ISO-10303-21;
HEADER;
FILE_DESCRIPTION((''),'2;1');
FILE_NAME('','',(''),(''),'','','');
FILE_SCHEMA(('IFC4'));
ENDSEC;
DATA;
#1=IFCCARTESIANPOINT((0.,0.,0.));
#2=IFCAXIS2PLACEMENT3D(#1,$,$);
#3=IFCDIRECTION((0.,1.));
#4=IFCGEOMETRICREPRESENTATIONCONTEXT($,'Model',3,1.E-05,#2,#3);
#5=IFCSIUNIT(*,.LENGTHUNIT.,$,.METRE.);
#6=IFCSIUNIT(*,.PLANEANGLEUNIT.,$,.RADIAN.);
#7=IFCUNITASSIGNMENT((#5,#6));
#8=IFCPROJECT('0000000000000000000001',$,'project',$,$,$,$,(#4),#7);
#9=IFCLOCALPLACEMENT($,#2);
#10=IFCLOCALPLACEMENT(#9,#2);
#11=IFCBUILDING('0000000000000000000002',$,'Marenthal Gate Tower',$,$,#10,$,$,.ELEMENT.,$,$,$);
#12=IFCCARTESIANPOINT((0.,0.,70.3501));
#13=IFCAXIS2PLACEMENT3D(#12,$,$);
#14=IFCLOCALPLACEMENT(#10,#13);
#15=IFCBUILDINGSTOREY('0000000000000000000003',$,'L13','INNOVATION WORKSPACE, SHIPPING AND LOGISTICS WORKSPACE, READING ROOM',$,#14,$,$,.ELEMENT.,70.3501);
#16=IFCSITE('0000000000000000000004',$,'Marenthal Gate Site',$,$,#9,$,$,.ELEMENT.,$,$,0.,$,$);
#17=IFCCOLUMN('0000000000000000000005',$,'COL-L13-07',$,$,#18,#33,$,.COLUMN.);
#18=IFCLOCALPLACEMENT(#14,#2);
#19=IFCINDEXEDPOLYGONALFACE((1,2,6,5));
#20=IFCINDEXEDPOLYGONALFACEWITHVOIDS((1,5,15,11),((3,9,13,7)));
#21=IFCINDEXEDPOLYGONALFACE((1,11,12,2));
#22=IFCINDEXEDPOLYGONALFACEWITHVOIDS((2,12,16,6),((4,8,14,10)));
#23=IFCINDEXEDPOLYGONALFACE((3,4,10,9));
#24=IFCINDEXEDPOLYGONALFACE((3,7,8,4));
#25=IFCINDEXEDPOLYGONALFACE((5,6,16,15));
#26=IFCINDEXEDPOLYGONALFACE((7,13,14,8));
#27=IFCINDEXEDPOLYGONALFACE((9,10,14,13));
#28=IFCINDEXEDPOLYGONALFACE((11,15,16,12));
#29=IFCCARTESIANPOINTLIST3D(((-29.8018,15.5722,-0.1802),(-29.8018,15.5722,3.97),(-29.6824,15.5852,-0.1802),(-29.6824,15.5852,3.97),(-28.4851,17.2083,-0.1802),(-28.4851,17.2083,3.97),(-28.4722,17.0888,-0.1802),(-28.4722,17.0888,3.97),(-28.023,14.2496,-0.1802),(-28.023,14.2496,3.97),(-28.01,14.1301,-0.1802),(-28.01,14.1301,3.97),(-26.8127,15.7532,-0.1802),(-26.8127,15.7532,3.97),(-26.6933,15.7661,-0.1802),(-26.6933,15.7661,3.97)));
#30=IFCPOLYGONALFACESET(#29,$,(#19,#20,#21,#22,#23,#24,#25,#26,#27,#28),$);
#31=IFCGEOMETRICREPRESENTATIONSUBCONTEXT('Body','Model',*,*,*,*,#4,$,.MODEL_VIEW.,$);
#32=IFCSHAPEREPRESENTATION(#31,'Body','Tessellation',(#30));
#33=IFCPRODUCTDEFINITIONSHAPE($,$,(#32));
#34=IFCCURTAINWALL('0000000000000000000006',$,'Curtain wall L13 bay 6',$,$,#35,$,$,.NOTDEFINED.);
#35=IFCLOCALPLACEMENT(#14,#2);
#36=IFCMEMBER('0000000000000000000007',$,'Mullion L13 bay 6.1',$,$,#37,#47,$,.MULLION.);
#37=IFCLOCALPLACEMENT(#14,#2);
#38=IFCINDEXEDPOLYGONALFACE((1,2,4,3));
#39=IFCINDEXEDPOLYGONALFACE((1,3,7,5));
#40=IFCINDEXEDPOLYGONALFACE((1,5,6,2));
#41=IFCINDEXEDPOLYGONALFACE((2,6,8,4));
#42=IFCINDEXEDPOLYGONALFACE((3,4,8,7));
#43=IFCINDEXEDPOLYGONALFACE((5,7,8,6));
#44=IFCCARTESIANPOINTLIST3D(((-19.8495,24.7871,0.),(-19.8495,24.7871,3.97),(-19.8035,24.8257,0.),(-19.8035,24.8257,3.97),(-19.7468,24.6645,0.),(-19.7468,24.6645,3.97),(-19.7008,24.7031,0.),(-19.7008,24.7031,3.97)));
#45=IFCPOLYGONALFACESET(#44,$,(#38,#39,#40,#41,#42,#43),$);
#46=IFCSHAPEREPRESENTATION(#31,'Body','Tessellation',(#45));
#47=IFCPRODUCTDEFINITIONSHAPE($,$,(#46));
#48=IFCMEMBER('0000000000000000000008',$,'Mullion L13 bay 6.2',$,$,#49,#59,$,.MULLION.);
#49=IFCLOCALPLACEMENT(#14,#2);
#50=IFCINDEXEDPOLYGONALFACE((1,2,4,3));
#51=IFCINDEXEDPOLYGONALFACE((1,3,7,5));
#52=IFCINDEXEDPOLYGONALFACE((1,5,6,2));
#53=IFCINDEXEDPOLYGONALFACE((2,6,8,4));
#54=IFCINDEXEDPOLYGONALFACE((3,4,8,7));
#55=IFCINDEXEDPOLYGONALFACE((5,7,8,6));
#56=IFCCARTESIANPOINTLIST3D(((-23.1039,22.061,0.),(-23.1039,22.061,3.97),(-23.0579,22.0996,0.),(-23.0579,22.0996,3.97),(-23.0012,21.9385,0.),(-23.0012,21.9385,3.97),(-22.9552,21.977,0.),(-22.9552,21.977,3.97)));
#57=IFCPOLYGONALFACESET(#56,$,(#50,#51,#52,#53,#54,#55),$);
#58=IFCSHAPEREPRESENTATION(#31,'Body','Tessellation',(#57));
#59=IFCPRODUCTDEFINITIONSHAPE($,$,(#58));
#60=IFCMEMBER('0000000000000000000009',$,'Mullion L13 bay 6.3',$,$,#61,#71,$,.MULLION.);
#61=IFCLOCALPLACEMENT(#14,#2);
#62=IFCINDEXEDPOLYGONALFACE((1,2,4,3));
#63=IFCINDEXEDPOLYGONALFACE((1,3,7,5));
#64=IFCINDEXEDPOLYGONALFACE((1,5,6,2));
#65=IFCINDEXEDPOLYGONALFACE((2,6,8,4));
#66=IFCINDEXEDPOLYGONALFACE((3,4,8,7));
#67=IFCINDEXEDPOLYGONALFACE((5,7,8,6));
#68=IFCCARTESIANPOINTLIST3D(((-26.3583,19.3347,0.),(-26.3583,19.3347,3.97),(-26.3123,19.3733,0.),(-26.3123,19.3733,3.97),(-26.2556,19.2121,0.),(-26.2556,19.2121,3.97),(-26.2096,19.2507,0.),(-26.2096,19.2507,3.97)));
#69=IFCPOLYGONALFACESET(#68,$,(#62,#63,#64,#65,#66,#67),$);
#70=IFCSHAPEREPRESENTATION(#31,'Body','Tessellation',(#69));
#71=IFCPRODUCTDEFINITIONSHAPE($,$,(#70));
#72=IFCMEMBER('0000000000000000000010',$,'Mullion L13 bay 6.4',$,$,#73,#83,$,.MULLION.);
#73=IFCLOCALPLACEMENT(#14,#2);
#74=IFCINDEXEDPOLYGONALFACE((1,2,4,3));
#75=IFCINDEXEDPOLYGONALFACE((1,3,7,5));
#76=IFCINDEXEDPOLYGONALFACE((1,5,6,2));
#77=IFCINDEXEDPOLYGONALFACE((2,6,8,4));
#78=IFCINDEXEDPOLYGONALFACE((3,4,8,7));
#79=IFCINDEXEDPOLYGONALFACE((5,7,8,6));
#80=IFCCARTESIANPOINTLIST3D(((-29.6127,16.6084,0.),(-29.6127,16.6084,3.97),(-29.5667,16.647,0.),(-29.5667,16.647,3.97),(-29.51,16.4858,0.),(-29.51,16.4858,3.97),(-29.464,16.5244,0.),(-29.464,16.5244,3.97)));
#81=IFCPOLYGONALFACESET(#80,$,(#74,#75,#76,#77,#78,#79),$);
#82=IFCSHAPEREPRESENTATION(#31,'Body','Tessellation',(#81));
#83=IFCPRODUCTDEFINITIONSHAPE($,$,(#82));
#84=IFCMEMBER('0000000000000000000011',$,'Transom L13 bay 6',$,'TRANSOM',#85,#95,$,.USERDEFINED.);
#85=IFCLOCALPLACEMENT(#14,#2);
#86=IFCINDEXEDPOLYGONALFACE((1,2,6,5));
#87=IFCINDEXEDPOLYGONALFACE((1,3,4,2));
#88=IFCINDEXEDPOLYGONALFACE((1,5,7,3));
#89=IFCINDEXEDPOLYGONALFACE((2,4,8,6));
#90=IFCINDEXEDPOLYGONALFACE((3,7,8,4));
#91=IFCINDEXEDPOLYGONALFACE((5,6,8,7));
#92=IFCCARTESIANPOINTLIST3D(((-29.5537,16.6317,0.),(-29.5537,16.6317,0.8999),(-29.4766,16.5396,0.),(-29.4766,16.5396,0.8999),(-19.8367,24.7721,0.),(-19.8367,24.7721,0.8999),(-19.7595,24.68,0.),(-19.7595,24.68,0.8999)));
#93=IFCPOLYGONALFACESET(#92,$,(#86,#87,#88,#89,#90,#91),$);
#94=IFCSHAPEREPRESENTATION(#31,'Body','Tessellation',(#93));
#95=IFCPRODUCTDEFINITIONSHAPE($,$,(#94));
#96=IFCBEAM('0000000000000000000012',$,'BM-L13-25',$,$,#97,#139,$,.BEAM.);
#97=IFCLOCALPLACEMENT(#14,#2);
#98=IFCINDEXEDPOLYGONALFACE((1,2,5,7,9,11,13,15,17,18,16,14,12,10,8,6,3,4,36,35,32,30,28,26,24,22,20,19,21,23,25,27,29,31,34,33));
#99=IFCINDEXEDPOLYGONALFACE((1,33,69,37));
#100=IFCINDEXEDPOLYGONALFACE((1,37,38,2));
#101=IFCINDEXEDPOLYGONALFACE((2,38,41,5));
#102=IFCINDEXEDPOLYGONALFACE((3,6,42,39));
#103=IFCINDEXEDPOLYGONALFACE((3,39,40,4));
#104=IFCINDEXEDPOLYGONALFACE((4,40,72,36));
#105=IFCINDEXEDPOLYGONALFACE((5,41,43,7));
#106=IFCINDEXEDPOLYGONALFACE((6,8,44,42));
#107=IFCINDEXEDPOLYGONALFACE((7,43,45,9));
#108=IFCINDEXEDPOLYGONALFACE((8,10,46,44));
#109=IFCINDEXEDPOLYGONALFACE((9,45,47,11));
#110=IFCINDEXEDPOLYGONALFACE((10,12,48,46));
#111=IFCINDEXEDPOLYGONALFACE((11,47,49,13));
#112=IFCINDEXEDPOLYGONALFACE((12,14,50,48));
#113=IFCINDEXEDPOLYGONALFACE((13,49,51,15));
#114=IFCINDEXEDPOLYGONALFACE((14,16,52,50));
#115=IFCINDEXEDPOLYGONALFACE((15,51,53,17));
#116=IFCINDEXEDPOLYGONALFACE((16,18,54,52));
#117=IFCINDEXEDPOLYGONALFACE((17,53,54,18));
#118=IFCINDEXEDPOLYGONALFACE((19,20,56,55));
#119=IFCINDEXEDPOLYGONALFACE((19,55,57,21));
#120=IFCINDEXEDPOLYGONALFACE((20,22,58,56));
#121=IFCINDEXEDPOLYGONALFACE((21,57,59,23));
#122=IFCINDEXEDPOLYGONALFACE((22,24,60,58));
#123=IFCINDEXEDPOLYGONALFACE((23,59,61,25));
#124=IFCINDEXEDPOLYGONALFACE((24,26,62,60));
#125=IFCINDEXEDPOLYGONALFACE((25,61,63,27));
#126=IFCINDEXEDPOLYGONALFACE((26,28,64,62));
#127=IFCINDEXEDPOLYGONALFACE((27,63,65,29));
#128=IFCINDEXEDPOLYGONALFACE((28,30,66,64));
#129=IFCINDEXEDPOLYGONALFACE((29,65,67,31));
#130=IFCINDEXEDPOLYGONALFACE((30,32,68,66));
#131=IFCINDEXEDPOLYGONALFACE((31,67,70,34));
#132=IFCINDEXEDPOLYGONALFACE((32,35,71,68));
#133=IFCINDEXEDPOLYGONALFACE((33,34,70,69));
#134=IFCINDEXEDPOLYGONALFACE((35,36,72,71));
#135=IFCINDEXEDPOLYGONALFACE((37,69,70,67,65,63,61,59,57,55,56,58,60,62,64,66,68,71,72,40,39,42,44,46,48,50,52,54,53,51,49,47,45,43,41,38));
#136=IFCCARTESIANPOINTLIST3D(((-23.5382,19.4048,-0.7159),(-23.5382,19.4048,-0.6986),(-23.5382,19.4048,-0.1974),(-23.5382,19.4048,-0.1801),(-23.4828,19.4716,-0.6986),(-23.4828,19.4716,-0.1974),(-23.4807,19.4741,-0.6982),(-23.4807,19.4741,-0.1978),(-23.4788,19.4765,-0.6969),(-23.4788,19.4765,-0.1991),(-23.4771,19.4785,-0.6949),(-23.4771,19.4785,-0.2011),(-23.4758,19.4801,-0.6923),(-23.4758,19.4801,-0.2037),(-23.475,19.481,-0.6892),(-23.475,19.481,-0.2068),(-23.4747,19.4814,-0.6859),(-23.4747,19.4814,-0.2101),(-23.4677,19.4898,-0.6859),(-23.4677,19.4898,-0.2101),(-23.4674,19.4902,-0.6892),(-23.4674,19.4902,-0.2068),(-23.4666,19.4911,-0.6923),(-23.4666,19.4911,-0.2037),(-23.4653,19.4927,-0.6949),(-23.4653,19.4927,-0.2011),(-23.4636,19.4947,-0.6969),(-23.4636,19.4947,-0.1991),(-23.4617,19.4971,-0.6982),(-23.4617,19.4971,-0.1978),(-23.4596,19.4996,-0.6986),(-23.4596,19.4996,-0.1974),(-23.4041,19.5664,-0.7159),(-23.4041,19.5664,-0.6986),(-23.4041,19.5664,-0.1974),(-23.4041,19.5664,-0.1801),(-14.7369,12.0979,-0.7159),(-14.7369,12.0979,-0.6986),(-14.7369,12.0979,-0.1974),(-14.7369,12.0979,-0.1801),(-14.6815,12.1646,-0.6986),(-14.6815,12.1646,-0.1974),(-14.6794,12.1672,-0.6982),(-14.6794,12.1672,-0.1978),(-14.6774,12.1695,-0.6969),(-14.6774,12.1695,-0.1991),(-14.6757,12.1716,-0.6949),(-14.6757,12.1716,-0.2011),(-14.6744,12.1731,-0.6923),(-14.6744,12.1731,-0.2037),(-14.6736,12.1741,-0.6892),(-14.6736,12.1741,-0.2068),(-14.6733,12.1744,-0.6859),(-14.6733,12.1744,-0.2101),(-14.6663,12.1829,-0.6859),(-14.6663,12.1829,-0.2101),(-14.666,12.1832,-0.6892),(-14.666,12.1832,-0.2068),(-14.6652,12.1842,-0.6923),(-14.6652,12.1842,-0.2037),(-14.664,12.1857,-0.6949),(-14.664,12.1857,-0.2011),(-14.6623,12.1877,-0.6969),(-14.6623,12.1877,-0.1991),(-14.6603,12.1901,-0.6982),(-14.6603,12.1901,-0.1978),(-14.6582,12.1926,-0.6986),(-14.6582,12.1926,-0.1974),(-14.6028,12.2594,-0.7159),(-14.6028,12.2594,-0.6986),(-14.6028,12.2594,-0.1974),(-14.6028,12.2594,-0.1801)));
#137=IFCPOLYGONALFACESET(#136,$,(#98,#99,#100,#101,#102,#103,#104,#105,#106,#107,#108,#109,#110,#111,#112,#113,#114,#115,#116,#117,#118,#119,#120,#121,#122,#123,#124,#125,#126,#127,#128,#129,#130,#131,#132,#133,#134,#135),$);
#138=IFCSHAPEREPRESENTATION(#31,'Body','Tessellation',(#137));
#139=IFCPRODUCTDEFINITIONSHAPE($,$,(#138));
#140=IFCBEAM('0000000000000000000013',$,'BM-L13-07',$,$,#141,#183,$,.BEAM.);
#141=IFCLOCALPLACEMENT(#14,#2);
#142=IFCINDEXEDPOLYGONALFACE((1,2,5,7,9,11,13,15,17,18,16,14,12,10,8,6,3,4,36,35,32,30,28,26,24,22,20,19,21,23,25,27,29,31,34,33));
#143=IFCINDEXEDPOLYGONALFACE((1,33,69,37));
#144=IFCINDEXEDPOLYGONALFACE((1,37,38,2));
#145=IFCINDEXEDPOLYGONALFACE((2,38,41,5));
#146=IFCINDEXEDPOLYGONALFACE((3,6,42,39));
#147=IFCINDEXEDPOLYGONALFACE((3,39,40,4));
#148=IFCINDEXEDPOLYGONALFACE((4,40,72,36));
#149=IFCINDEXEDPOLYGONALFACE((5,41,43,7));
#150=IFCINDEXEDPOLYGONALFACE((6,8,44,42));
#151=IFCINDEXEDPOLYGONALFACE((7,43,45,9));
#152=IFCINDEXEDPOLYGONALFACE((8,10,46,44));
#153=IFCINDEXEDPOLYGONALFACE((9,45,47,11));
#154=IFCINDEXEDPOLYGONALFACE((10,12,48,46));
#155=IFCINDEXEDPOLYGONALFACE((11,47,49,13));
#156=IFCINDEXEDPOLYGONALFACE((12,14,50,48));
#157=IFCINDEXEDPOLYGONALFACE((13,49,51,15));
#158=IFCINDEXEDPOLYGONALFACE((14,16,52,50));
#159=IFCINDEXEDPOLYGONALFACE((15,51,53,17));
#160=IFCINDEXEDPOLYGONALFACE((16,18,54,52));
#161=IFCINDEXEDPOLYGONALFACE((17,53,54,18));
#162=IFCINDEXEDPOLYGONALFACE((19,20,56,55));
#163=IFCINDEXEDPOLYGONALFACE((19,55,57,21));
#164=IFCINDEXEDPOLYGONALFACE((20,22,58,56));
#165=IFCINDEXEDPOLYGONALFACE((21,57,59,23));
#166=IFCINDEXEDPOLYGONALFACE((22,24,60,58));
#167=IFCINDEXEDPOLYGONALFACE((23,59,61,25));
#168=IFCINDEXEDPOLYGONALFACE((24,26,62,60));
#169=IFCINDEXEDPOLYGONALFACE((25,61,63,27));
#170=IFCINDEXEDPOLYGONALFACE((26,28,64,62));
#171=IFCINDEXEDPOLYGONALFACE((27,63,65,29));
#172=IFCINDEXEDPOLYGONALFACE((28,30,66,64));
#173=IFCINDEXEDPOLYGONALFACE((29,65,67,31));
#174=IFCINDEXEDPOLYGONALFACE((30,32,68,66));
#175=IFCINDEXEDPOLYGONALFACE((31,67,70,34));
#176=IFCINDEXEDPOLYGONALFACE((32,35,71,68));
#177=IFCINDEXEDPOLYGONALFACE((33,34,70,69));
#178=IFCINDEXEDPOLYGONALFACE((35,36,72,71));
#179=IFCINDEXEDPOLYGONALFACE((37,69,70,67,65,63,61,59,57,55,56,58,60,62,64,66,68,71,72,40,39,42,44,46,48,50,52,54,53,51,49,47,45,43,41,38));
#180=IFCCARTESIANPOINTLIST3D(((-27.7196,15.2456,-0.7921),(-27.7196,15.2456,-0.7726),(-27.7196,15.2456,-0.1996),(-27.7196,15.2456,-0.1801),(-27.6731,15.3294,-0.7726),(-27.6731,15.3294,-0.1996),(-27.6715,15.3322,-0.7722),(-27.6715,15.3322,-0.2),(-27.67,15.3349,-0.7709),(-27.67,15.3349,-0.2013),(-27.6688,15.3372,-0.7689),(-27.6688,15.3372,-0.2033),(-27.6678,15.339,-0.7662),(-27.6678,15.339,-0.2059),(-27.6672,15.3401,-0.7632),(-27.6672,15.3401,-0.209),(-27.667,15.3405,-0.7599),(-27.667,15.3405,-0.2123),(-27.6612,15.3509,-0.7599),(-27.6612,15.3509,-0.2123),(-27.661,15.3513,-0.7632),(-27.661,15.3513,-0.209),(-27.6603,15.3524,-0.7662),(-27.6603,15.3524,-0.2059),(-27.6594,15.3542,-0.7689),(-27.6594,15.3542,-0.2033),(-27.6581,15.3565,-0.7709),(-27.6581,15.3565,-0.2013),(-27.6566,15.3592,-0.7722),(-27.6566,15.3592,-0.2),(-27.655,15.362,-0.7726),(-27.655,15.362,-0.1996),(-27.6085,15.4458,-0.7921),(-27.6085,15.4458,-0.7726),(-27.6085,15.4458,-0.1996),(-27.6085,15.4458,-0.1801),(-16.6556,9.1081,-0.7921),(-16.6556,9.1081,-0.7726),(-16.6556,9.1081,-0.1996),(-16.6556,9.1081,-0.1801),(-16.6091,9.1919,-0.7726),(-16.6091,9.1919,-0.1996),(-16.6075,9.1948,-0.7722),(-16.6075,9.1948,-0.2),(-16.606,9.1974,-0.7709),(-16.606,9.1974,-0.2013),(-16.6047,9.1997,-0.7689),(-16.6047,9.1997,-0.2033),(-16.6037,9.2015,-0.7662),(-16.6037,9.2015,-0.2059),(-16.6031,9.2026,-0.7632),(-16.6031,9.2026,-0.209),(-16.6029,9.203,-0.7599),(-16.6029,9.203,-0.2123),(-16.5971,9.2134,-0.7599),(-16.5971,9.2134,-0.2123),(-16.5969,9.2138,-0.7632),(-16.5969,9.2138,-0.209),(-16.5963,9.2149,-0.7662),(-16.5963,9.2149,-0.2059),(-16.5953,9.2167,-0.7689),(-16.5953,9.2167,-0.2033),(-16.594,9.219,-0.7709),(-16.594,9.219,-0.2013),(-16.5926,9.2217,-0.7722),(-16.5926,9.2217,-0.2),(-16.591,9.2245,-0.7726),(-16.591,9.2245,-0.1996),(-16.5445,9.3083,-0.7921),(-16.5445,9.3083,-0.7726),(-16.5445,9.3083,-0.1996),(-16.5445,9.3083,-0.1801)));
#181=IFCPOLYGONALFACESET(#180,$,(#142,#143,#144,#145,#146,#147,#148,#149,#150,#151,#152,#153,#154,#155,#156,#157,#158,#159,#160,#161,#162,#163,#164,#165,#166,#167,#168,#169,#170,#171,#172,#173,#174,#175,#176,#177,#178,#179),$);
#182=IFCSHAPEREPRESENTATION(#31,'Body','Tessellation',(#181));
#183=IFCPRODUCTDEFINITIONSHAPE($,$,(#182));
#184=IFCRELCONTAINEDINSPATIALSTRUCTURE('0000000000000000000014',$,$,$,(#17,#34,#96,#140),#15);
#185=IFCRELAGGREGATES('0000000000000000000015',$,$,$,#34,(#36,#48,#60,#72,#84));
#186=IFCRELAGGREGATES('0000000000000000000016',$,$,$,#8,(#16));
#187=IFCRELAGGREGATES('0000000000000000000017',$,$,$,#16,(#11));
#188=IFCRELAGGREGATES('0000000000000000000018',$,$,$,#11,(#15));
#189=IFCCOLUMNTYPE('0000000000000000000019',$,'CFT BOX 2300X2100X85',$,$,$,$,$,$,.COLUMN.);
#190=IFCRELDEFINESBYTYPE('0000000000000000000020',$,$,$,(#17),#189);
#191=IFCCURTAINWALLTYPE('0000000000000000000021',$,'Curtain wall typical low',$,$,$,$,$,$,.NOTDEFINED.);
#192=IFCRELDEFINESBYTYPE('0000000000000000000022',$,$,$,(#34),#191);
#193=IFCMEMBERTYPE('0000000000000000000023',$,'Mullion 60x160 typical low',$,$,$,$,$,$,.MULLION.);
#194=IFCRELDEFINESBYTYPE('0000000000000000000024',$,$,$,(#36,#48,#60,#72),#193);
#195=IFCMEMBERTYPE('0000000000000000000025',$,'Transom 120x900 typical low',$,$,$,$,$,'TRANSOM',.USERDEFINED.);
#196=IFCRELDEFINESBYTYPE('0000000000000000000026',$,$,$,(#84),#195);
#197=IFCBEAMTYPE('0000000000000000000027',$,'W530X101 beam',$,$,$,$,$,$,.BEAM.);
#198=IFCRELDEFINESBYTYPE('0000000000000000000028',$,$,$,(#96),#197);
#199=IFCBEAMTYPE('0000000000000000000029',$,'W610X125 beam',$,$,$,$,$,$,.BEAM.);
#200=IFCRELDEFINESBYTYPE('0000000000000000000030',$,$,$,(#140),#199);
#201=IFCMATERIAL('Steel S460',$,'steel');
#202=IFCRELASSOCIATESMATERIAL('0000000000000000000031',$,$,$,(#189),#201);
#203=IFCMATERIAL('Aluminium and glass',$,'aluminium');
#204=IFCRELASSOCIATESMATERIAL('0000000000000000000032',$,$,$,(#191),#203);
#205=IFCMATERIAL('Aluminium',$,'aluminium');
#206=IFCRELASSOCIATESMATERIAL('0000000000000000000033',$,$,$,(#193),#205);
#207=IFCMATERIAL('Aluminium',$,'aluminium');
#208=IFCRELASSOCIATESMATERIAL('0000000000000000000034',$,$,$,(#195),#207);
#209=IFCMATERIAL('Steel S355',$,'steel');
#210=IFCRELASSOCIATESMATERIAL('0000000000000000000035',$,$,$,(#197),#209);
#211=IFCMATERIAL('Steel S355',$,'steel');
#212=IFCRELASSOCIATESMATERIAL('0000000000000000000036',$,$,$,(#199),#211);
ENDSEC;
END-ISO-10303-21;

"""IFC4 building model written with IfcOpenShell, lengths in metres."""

from ifc_helpers import new_model, si_unit, direction, frame, origin, origin_2d, place, context, subcontext, project, spatial, rectangle, hollow_rectangle, i_section, extrude, material, material_profile, profile_set, type_object, element, aggregate, save


model = new_model("IFC4")

# Units and contexts
model_context = context("Model", 3, precision=1e-05, world=origin(), true_north=direction((0.0, 1.0)))
body_context = subcontext(model_context, "Body", "Model", "MODEL_VIEW")
ifc_project = project(units=[si_unit("LENGTHUNIT", "METRE"), si_unit("PLANEANGLEUNIT", "RADIAN")], contexts=[model_context])

# Site, building, storey
site_placement = place(None, origin())
site = spatial("IfcSite", under=ifc_project, at=site_placement, Name="Marenthal Gate Site", CompositionType="ELEMENT", RefElevation=0.0)
building_placement = place(site_placement, origin())
building = spatial("IfcBuilding", under=site, at=building_placement, Name="Marenthal Gate Tower", CompositionType="ELEMENT")
storey_placement = place(building_placement, frame((0.0, 0.0, 70.3501)))
storey = spatial("IfcBuildingStorey", under=building, at=storey_placement, Name="L13", Description="INNOVATION WORKSPACE, SHIPPING AND LOGISTICS WORKSPACE, READING ROOM", CompositionType="ELEMENT", Elevation=70.3501)

# Column
ifc_material_1 = material(Name="Steel S460", Category="steel")
ifc_material_profile_1 = material_profile(ifc_material_1, hollow_rectangle(XDim=2.1001, YDim=2.3, WallThickness=0.085, at=origin_2d()), Name="CFT BOX 2300X2100X85")
ifc_material_2 = material(Name="Concrete 70 MPa", Category="concrete")
ifc_material_profile_2 = material_profile(ifc_material_2, rectangle(XDim=1.9299, YDim=2.1299, at=origin_2d()), Name="CFT BOX 2300X2100X85 INFILL")
ifc_profile_set_1 = profile_set([ifc_material_profile_1, ifc_material_profile_2], Name="Steel S460 shell, Concrete 70 MPa infill")
column_type = type_object("IfcColumnType", Name="CFT BOX 2300X2100X85", PredefinedType="COLUMN", material=ifc_profile_set_1)
column_placement = place(storey_placement, frame((-28.2476, 15.6692, -0.1802), z_axis=(0.0, 0.0, 1.0), x_axis=(0.626997, 0.779022, 0.0)))
element("IfcColumn", 1, at=column_placement, inside=storey, type_object=column_type, Name="COL-L13-07", PredefinedType="COLUMN", context=body_context, shape_type="SweptSolid", body=[
    extrude(hollow_rectangle(XDim=2.1001, YDim=2.3, WallThickness=0.085, at=origin_2d()), origin(), (0.0, 0.0, 1.0), 4.1501),
])

# Curtain wall, members
ifc_material_3 = material(Name="Aluminium and glass", Category="aluminium")
curtain_wall_type = type_object("IfcCurtainWallType", Name="Curtain wall typical low", PredefinedType="NOTDEFINED", material=ifc_material_3)
curtain_wall_placement = place(storey_placement, origin())
curtain_wall = element("IfcCurtainWall", 2, at=curtain_wall_placement, inside=storey, type_object=curtain_wall_type, Name="Curtain wall L13 bay 6", PredefinedType="NOTDEFINED")
ifc_material_4 = material(Name="Aluminium", Category="aluminium")
ifc_material_profile_3 = material_profile(ifc_material_4, rectangle(XDim=0.1599, YDim=0.0601, at=origin_2d()), Name="60x160 aluminium mullion")
ifc_profile_set_2 = profile_set([ifc_material_profile_3], Name="Aluminium")
member_type_1 = type_object("IfcMemberType", Name="Mullion 60x160 typical low", PredefinedType="MULLION", material=ifc_profile_set_2)
member_1_placement = place(storey_placement, frame((-19.7751, 24.7451, 0.0), z_axis=(0.0, 0.0, 1.0), x_axis=(0.642176, -0.766557, 0.0)))
member_1 = element("IfcMember", 3, at=member_1_placement, type_object=member_type_1, Name="Mullion L13 bay 6.1", PredefinedType="MULLION", context=body_context, shape_type="SweptSolid", body=[
    extrude(rectangle(XDim=0.1599, YDim=0.0601, at=origin_2d()), origin(), (0.0, 0.0, 1.0), 3.97),
])
member_2_placement = place(storey_placement, frame((-23.0295, 22.019, 0.0), z_axis=(0.0, 0.0, 1.0), x_axis=(0.642176, -0.766557, 0.0)))
member_2 = element("IfcMember", 4, at=member_2_placement, type_object=member_type_1, Name="Mullion L13 bay 6.2", PredefinedType="MULLION", context=body_context, shape_type="SweptSolid", body=[
    extrude(rectangle(XDim=0.1599, YDim=0.0601, at=origin_2d()), origin(), (0.0, 0.0, 1.0), 3.97),
])
member_3_placement = place(storey_placement, frame((-26.2839, 19.2927, 0.0), z_axis=(0.0, 0.0, 1.0), x_axis=(0.642176, -0.766557, 0.0)))
member_3 = element("IfcMember", 5, at=member_3_placement, type_object=member_type_1, Name="Mullion L13 bay 6.3", PredefinedType="MULLION", context=body_context, shape_type="SweptSolid", body=[
    extrude(rectangle(XDim=0.1599, YDim=0.0601, at=origin_2d()), origin(), (0.0, 0.0, 1.0), 3.97),
])
member_4_placement = place(storey_placement, frame((-29.5383, 16.5664, 0.0), z_axis=(0.0, 0.0, 1.0), x_axis=(0.642176, -0.766557, 0.0)))
member_4 = element("IfcMember", 6, at=member_4_placement, type_object=member_type_1, Name="Mullion L13 bay 6.4", PredefinedType="MULLION", context=body_context, shape_type="SweptSolid", body=[
    extrude(rectangle(XDim=0.1599, YDim=0.0601, at=origin_2d()), origin(), (0.0, 0.0, 1.0), 3.97),
])
ifc_material_5 = material(Name="Aluminium", Category="aluminium")
ifc_material_profile_4 = material_profile(ifc_material_5, rectangle(XDim=0.1201, YDim=0.8999, at=origin_2d()), Name="120x900 aluminium transom")
ifc_profile_set_3 = profile_set([ifc_material_profile_4], Name="Aluminium")
member_type_2 = type_object("IfcMemberType", Name="Transom 120x900 typical low", ElementType="TRANSOM", PredefinedType="USERDEFINED", material=ifc_profile_set_3)
member_5_placement = place(storey_placement, frame((-19.7981, 24.7261, 0.45), z_axis=(-0.766556, -0.642177, 0.0), x_axis=(0.642177, -0.766556, 0.0)))
member_5 = element("IfcMember", 7, at=member_5_placement, type_object=member_type_2, Name="Transom L13 bay 6", ObjectType="TRANSOM", PredefinedType="USERDEFINED", context=body_context, shape_type="SweptSolid", body=[
    extrude(rectangle(XDim=0.1201, YDim=0.8999, at=origin_2d()), origin(), (0.0, 0.0, 1.0), 12.6763),
])

# Beams
ifc_material_6 = material(Name="Steel S355", Category="steel")
ifc_material_profile_5 = material_profile(ifc_material_6, i_section(OverallWidth=0.21, OverallDepth=0.5359, WebThickness=0.011, FlangeThickness=0.0173, FilletRadius=0.0127, at=origin_2d()), Name="W530X101")
ifc_profile_set_4 = profile_set([ifc_material_profile_5], Name="Steel S355")
beam_type_1 = type_object("IfcBeamType", Name="W530X101 beam", PredefinedType="BEAM", material=ifc_profile_set_4)
beam_1_placement = place(storey_placement, frame((-23.4712, 19.4856, -0.448), z_axis=(0.769403, -0.638764, 0.0), x_axis=(0.638764, 0.769403, 0.0)))
element("IfcBeam", 8, at=beam_1_placement, inside=storey, type_object=beam_type_1, Name="BM-L13-25", PredefinedType="BEAM", context=body_context, shape_type="SweptSolid", body=[
    extrude(i_section(OverallWidth=0.21, OverallDepth=0.5359, WebThickness=0.011, FlangeThickness=0.0173, FilletRadius=0.0127, at=origin_2d()), origin(), (0.0, 0.0, 1.0), 11.4392),
])
ifc_material_7 = material(Name="Steel S355", Category="steel")
ifc_material_profile_6 = material_profile(ifc_material_7, i_section(OverallWidth=0.229, OverallDepth=0.6121, WebThickness=0.012, FlangeThickness=0.0195, FilletRadius=0.0127, at=origin_2d()), Name="W610X125")
ifc_profile_set_5 = profile_set([ifc_material_profile_6], Name="Steel S355")
beam_type_2 = type_object("IfcBeamType", Name="W610X125 beam", PredefinedType="BEAM", material=ifc_profile_set_5)
beam_2_placement = place(storey_placement, frame((-27.6641, 15.3457, -0.4861), z_axis=(0.874466, -0.485087, 0.0), x_axis=(0.485087, 0.874466, 0.0)))
element("IfcBeam", 9, at=beam_2_placement, inside=storey, type_object=beam_type_2, Name="BM-L13-07", PredefinedType="BEAM", context=body_context, shape_type="SweptSolid", body=[
    extrude(i_section(OverallWidth=0.229, OverallDepth=0.6121, WebThickness=0.012, FlangeThickness=0.0195, FilletRadius=0.0127, at=origin_2d()), origin(), (0.0, 0.0, 1.0), 12.6523),
])

aggregate(curtain_wall, [member_1, member_2, member_3, member_4, member_5])

save(model, "model.ifc")
